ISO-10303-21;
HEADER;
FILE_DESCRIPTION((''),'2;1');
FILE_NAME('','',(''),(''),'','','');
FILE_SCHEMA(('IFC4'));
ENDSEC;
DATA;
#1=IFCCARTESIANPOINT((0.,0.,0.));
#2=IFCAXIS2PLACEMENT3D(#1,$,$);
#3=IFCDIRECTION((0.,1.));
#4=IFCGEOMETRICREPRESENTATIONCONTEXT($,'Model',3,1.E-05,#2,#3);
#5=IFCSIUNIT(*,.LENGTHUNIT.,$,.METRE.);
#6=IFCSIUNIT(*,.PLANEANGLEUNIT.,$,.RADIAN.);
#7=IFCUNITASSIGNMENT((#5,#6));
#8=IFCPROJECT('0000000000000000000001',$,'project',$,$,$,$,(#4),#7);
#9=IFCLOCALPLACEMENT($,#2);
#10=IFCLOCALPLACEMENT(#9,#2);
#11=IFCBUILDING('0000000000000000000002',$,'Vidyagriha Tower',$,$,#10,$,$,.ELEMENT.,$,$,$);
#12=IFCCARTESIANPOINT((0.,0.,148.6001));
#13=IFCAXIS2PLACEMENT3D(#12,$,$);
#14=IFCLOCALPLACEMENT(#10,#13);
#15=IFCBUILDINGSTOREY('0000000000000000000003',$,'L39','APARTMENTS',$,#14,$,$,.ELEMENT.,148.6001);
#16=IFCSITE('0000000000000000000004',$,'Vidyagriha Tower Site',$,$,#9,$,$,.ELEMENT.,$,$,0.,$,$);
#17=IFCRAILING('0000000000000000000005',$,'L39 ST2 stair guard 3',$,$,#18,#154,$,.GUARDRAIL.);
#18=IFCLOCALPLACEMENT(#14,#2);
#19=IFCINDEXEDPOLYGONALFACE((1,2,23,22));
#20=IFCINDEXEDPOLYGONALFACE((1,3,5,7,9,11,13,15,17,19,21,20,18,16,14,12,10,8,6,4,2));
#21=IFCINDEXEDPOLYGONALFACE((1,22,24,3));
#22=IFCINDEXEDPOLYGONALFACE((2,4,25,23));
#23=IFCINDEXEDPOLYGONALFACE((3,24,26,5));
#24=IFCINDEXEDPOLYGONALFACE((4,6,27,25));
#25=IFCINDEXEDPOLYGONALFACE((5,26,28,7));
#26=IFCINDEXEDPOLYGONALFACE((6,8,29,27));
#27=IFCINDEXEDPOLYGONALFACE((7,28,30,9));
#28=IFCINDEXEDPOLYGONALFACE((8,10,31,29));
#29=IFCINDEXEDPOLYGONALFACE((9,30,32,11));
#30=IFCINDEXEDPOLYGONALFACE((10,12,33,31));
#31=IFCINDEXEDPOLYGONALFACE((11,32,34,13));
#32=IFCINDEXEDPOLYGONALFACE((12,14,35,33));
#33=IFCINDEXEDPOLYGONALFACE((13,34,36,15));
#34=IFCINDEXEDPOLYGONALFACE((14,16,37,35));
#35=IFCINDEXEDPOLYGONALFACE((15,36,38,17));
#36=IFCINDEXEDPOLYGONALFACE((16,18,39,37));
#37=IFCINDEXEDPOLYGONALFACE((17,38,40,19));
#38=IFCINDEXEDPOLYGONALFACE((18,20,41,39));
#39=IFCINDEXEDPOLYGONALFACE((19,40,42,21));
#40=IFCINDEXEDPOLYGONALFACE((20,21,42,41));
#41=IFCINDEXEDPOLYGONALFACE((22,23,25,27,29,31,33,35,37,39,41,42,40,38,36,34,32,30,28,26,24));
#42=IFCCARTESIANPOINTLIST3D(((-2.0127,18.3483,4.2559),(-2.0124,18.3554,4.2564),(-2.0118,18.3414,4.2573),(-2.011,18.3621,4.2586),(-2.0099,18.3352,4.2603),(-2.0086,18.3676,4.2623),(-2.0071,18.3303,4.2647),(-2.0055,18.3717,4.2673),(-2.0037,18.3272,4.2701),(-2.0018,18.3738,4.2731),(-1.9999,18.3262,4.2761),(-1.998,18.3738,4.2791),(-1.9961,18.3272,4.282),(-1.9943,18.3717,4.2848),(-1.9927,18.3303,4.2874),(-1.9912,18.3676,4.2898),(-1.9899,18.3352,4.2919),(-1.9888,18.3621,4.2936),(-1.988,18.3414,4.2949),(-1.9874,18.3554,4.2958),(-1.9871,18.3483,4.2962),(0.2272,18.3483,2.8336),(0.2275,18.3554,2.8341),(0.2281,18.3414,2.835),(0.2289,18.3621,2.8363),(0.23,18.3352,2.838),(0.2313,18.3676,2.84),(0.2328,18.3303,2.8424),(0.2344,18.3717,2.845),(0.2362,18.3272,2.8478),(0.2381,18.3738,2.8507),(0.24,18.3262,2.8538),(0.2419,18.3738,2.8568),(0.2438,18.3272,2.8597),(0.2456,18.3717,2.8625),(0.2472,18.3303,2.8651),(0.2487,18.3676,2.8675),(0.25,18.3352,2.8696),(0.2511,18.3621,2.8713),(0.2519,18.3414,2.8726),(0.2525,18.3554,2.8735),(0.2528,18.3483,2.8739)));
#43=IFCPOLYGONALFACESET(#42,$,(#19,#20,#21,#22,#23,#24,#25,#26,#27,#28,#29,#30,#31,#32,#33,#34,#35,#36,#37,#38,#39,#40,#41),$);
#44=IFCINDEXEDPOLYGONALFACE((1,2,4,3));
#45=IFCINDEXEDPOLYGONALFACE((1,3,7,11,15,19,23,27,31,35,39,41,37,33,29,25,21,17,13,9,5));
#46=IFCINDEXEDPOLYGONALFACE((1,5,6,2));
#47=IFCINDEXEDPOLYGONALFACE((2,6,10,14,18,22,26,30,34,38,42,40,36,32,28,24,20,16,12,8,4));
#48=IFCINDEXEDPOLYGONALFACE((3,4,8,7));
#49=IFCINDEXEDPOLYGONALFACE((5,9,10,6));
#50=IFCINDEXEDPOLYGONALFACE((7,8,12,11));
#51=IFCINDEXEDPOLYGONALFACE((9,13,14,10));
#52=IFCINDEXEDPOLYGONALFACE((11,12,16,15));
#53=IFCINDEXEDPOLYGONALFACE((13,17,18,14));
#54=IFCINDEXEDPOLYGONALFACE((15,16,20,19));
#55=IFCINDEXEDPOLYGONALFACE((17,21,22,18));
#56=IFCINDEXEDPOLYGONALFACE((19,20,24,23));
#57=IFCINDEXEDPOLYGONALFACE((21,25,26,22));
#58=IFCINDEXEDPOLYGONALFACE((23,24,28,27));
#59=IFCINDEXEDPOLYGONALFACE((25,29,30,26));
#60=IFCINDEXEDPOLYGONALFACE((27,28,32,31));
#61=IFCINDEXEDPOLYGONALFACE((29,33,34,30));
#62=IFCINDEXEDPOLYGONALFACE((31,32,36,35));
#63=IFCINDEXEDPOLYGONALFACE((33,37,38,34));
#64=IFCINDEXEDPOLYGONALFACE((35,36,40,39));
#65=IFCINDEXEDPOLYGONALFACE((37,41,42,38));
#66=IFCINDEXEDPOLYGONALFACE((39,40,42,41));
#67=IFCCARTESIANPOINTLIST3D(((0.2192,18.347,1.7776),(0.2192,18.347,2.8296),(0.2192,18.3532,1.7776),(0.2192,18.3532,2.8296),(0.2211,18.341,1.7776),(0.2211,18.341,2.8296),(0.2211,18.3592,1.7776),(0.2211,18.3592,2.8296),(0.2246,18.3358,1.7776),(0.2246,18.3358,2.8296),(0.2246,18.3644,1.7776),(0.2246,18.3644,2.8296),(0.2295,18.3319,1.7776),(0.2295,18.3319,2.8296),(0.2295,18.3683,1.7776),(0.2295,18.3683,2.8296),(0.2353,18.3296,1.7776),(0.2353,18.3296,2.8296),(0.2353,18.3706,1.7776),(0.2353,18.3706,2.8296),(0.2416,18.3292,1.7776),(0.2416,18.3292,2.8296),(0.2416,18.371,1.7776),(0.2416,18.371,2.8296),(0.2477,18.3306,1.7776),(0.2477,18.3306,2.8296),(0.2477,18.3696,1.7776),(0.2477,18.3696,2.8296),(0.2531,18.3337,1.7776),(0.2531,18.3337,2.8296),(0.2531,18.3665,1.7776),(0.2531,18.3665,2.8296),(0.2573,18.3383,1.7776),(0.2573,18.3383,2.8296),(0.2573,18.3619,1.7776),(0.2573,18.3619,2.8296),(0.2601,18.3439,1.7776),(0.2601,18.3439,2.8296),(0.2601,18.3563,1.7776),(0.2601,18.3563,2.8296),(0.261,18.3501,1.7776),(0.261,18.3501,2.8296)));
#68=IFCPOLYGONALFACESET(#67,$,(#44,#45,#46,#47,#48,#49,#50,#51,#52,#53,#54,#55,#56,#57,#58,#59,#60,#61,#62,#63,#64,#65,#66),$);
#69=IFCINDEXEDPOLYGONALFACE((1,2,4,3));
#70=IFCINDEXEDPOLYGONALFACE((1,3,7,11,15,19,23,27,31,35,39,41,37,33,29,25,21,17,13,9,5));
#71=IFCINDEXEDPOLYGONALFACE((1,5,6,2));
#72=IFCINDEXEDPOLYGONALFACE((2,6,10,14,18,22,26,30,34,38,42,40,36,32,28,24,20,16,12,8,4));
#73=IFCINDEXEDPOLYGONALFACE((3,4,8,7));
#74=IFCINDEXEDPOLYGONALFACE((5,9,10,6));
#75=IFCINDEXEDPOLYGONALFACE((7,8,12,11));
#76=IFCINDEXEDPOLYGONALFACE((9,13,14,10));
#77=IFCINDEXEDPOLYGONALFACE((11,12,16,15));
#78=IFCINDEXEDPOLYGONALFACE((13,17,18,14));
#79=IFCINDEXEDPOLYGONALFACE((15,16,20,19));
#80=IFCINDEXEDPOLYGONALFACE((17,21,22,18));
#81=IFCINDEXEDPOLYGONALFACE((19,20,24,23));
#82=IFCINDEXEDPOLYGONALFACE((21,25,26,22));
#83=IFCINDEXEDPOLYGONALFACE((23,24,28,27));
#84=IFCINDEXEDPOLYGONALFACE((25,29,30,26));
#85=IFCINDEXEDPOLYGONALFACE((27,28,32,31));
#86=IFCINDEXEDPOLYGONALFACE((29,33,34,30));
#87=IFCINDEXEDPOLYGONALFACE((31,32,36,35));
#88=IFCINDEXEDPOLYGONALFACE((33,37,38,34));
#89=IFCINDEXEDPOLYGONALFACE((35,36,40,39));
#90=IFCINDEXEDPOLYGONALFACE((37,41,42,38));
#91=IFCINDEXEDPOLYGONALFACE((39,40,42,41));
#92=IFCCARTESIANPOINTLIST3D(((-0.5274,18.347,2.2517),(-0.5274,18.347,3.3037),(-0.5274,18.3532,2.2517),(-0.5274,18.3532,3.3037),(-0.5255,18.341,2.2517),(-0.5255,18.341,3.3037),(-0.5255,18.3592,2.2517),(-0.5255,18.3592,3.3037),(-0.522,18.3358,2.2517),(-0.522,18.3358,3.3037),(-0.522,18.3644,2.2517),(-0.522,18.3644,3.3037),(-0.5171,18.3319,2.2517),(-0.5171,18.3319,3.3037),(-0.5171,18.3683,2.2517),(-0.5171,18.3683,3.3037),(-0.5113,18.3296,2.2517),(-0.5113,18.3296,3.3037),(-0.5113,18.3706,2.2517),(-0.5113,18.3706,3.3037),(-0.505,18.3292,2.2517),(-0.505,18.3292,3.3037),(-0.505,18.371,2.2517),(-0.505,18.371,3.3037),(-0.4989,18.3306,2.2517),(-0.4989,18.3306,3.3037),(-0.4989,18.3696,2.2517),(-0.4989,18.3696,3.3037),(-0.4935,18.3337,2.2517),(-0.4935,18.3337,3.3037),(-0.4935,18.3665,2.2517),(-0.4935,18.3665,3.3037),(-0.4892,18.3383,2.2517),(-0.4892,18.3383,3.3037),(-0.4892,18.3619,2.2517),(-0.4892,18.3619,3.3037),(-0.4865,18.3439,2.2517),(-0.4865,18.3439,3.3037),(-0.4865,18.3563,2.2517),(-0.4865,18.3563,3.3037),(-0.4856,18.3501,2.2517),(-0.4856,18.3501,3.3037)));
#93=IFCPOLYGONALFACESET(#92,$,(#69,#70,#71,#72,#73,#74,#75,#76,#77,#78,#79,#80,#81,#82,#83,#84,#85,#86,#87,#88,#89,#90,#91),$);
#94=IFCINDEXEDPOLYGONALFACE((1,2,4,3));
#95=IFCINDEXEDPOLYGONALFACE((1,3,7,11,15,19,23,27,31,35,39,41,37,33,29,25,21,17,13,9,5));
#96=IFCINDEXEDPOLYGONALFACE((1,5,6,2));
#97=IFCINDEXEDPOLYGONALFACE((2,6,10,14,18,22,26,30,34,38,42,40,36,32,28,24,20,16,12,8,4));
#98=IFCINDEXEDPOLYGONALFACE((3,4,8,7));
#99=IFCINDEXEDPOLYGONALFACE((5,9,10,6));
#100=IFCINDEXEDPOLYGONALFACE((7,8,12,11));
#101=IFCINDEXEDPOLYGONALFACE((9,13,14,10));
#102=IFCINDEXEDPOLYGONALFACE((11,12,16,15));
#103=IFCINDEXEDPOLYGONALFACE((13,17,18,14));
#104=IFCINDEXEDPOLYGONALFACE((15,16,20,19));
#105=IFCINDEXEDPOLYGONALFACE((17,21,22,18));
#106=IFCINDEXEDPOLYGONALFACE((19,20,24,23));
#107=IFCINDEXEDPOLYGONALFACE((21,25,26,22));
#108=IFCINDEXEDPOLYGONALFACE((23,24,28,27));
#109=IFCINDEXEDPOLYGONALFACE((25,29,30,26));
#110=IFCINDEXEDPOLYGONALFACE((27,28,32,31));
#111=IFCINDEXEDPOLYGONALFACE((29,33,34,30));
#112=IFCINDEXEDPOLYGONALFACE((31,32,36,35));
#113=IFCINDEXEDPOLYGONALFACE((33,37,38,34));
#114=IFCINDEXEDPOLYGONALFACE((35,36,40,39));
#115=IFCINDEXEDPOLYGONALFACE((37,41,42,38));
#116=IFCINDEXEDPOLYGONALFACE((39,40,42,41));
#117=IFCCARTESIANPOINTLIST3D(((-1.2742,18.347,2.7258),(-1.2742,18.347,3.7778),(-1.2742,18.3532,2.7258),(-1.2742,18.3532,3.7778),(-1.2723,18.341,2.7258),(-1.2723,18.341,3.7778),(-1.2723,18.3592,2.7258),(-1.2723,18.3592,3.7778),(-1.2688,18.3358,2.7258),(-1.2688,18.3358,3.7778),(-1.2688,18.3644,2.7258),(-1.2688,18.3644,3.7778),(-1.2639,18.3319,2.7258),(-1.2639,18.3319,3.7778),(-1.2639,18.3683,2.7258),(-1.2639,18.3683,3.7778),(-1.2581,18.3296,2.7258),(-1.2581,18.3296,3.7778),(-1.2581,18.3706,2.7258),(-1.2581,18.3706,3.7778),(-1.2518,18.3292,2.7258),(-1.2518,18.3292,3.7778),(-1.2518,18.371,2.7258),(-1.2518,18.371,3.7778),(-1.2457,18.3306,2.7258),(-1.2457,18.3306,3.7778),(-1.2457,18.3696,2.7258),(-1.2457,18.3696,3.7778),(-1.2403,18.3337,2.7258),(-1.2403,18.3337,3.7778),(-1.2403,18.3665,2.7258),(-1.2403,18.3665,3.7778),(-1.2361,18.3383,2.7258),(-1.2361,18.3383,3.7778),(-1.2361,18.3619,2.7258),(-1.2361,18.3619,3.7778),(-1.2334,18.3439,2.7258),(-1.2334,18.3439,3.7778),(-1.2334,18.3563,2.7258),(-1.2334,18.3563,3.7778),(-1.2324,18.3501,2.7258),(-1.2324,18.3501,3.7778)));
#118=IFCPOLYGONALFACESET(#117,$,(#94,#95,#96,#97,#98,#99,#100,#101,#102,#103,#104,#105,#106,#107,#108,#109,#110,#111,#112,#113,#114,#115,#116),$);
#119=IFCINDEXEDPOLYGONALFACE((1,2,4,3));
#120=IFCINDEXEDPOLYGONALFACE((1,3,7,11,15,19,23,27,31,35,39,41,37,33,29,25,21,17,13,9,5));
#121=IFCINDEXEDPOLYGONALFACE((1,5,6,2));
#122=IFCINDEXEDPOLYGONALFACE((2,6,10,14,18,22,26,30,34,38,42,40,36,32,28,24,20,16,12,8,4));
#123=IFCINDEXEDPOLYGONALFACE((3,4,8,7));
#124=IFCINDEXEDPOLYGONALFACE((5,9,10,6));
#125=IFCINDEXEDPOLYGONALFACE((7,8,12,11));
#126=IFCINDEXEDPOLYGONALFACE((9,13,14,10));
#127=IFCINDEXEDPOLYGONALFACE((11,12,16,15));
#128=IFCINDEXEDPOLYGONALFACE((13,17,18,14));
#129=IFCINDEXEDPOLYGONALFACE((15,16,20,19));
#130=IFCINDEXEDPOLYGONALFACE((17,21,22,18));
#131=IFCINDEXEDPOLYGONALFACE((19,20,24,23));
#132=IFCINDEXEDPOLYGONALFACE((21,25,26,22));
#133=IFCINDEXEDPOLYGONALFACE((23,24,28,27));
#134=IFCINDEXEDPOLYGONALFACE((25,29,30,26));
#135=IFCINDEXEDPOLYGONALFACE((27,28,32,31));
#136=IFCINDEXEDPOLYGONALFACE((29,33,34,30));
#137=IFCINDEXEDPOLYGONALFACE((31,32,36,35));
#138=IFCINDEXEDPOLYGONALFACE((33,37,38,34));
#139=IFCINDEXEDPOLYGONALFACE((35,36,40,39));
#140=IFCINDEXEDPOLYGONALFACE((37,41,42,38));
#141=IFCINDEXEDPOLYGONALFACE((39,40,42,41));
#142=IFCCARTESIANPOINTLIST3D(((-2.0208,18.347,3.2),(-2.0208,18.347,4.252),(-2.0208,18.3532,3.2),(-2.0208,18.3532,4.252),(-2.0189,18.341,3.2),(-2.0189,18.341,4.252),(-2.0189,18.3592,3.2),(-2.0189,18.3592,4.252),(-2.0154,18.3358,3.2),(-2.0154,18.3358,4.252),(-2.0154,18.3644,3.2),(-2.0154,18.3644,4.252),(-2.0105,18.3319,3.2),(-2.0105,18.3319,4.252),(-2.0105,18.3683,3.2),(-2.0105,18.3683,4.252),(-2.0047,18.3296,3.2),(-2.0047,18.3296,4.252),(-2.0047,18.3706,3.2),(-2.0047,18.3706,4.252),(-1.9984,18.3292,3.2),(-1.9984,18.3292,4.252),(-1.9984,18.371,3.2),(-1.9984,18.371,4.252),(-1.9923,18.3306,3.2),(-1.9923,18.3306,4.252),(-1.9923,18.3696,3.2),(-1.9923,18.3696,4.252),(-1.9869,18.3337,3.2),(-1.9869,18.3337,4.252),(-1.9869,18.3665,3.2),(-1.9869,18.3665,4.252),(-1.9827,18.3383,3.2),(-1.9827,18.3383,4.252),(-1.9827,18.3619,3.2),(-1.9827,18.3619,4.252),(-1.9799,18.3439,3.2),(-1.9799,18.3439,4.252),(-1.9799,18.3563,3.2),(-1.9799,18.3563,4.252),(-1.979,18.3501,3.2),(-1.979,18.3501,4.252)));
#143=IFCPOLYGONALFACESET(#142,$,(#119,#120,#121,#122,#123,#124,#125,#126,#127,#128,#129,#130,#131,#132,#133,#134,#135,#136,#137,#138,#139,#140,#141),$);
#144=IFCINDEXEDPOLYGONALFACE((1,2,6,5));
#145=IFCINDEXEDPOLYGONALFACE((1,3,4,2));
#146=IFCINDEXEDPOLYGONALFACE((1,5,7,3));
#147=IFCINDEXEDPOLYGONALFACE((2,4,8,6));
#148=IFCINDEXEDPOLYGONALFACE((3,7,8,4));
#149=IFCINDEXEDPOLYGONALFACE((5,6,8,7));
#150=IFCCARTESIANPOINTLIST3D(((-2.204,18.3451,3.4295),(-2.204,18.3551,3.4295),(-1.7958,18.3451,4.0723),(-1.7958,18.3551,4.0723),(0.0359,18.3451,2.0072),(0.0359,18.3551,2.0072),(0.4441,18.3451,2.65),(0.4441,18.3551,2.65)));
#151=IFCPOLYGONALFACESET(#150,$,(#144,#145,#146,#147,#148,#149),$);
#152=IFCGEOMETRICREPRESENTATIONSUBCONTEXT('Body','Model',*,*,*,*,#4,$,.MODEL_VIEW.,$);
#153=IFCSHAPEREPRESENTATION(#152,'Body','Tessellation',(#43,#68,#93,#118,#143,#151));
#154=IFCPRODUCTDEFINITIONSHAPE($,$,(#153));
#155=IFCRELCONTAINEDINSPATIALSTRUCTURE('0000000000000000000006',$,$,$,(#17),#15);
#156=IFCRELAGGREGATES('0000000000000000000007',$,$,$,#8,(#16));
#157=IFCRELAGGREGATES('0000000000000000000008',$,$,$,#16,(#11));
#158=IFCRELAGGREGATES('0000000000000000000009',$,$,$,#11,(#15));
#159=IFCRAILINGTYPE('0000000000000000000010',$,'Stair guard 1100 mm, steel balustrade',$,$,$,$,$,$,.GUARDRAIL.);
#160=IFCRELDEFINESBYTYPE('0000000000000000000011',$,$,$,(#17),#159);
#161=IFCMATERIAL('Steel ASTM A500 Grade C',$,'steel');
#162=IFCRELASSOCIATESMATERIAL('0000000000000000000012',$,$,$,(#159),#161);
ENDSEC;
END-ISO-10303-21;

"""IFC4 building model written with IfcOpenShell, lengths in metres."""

from ifc_helpers import new_model, si_unit, direction, frame, origin, origin_2d, place, context, subcontext, project, spatial, rectangle, circle, extrude, material, type_object, element, save


model = new_model("IFC4")

# Units and contexts
model_context = context("Model", 3, precision=1e-05, world=origin(), true_north=direction((0.0, 1.0)))
body_context = subcontext(model_context, "Body", "Model", "MODEL_VIEW")
ifc_project = project(units=[si_unit("LENGTHUNIT", "METRE"), si_unit("PLANEANGLEUNIT", "RADIAN")], contexts=[model_context])

# Site, building, storey
site_placement = place(None, origin())
site = spatial("IfcSite", under=ifc_project, at=site_placement, Name="Vidyagriha Tower Site", CompositionType="ELEMENT", RefElevation=0.0)
building_placement = place(site_placement, origin())
building = spatial("IfcBuilding", under=site, at=building_placement, Name="Vidyagriha Tower", CompositionType="ELEMENT")
storey_placement = place(building_placement, frame((0.0, 0.0, 148.6001)))
storey = spatial("IfcBuildingStorey", under=building, at=storey_placement, Name="L39", Description="APARTMENTS", CompositionType="ELEMENT", Elevation=148.6001)

# Railing
ifc_material_1 = material(Name="Steel ASTM A500 Grade C", Category="steel")
railing_type_1 = type_object("IfcRailingType", Name="Stair guard 1100 mm, steel balustrade", PredefinedType="GUARDRAIL", material=ifc_material_1)
railing_1_placement = place(storey_placement, frame((0.24, 18.3501, 1.7776)))
element("IfcRailing", 1, at=railing_1_placement, inside=storey, type_object=railing_type_1, Name="L39 ST2 stair guard 3", PredefinedType="GUARDRAIL", context=body_context, shape_type="SweptSolid", body=[
    extrude(circle(Radius=0.0239, at=origin_2d()), frame((0.0, 0.0, 1.0762), z_axis=(-0.844188, 0.0, 0.536048), x_axis=(0.0, -1.0, 0.0)), (0.0, 0.0, 1.0), 2.6533),
    extrude(circle(Radius=0.021, at=origin_2d()), origin(), (0.0, 0.0, 1.0), 1.052),
    extrude(circle(Radius=0.021, at=origin_2d()), frame((-0.7466, 0.0, 0.4741)), (0.0, 0.0, 1.0), 1.052),
    extrude(circle(Radius=0.021, at=origin_2d()), frame((-1.4934, 0.0, 0.9482)), (0.0, 0.0, 1.0), 1.052),
    extrude(circle(Radius=0.021, at=origin_2d()), frame((-2.24, 0.0, 1.4224)), (0.0, 0.0, 1.0), 1.052),
    extrude(rectangle(XDim=0.01, YDim=0.7615, at=origin_2d()), frame((0.0, 0.0, 0.551), z_axis=(-0.844188, 0.0, 0.536048), x_axis=(0.0, -1.0, 0.0)), (0.0, 0.0, 1.0), 2.6533),
])

save(model, "model.ifc")
